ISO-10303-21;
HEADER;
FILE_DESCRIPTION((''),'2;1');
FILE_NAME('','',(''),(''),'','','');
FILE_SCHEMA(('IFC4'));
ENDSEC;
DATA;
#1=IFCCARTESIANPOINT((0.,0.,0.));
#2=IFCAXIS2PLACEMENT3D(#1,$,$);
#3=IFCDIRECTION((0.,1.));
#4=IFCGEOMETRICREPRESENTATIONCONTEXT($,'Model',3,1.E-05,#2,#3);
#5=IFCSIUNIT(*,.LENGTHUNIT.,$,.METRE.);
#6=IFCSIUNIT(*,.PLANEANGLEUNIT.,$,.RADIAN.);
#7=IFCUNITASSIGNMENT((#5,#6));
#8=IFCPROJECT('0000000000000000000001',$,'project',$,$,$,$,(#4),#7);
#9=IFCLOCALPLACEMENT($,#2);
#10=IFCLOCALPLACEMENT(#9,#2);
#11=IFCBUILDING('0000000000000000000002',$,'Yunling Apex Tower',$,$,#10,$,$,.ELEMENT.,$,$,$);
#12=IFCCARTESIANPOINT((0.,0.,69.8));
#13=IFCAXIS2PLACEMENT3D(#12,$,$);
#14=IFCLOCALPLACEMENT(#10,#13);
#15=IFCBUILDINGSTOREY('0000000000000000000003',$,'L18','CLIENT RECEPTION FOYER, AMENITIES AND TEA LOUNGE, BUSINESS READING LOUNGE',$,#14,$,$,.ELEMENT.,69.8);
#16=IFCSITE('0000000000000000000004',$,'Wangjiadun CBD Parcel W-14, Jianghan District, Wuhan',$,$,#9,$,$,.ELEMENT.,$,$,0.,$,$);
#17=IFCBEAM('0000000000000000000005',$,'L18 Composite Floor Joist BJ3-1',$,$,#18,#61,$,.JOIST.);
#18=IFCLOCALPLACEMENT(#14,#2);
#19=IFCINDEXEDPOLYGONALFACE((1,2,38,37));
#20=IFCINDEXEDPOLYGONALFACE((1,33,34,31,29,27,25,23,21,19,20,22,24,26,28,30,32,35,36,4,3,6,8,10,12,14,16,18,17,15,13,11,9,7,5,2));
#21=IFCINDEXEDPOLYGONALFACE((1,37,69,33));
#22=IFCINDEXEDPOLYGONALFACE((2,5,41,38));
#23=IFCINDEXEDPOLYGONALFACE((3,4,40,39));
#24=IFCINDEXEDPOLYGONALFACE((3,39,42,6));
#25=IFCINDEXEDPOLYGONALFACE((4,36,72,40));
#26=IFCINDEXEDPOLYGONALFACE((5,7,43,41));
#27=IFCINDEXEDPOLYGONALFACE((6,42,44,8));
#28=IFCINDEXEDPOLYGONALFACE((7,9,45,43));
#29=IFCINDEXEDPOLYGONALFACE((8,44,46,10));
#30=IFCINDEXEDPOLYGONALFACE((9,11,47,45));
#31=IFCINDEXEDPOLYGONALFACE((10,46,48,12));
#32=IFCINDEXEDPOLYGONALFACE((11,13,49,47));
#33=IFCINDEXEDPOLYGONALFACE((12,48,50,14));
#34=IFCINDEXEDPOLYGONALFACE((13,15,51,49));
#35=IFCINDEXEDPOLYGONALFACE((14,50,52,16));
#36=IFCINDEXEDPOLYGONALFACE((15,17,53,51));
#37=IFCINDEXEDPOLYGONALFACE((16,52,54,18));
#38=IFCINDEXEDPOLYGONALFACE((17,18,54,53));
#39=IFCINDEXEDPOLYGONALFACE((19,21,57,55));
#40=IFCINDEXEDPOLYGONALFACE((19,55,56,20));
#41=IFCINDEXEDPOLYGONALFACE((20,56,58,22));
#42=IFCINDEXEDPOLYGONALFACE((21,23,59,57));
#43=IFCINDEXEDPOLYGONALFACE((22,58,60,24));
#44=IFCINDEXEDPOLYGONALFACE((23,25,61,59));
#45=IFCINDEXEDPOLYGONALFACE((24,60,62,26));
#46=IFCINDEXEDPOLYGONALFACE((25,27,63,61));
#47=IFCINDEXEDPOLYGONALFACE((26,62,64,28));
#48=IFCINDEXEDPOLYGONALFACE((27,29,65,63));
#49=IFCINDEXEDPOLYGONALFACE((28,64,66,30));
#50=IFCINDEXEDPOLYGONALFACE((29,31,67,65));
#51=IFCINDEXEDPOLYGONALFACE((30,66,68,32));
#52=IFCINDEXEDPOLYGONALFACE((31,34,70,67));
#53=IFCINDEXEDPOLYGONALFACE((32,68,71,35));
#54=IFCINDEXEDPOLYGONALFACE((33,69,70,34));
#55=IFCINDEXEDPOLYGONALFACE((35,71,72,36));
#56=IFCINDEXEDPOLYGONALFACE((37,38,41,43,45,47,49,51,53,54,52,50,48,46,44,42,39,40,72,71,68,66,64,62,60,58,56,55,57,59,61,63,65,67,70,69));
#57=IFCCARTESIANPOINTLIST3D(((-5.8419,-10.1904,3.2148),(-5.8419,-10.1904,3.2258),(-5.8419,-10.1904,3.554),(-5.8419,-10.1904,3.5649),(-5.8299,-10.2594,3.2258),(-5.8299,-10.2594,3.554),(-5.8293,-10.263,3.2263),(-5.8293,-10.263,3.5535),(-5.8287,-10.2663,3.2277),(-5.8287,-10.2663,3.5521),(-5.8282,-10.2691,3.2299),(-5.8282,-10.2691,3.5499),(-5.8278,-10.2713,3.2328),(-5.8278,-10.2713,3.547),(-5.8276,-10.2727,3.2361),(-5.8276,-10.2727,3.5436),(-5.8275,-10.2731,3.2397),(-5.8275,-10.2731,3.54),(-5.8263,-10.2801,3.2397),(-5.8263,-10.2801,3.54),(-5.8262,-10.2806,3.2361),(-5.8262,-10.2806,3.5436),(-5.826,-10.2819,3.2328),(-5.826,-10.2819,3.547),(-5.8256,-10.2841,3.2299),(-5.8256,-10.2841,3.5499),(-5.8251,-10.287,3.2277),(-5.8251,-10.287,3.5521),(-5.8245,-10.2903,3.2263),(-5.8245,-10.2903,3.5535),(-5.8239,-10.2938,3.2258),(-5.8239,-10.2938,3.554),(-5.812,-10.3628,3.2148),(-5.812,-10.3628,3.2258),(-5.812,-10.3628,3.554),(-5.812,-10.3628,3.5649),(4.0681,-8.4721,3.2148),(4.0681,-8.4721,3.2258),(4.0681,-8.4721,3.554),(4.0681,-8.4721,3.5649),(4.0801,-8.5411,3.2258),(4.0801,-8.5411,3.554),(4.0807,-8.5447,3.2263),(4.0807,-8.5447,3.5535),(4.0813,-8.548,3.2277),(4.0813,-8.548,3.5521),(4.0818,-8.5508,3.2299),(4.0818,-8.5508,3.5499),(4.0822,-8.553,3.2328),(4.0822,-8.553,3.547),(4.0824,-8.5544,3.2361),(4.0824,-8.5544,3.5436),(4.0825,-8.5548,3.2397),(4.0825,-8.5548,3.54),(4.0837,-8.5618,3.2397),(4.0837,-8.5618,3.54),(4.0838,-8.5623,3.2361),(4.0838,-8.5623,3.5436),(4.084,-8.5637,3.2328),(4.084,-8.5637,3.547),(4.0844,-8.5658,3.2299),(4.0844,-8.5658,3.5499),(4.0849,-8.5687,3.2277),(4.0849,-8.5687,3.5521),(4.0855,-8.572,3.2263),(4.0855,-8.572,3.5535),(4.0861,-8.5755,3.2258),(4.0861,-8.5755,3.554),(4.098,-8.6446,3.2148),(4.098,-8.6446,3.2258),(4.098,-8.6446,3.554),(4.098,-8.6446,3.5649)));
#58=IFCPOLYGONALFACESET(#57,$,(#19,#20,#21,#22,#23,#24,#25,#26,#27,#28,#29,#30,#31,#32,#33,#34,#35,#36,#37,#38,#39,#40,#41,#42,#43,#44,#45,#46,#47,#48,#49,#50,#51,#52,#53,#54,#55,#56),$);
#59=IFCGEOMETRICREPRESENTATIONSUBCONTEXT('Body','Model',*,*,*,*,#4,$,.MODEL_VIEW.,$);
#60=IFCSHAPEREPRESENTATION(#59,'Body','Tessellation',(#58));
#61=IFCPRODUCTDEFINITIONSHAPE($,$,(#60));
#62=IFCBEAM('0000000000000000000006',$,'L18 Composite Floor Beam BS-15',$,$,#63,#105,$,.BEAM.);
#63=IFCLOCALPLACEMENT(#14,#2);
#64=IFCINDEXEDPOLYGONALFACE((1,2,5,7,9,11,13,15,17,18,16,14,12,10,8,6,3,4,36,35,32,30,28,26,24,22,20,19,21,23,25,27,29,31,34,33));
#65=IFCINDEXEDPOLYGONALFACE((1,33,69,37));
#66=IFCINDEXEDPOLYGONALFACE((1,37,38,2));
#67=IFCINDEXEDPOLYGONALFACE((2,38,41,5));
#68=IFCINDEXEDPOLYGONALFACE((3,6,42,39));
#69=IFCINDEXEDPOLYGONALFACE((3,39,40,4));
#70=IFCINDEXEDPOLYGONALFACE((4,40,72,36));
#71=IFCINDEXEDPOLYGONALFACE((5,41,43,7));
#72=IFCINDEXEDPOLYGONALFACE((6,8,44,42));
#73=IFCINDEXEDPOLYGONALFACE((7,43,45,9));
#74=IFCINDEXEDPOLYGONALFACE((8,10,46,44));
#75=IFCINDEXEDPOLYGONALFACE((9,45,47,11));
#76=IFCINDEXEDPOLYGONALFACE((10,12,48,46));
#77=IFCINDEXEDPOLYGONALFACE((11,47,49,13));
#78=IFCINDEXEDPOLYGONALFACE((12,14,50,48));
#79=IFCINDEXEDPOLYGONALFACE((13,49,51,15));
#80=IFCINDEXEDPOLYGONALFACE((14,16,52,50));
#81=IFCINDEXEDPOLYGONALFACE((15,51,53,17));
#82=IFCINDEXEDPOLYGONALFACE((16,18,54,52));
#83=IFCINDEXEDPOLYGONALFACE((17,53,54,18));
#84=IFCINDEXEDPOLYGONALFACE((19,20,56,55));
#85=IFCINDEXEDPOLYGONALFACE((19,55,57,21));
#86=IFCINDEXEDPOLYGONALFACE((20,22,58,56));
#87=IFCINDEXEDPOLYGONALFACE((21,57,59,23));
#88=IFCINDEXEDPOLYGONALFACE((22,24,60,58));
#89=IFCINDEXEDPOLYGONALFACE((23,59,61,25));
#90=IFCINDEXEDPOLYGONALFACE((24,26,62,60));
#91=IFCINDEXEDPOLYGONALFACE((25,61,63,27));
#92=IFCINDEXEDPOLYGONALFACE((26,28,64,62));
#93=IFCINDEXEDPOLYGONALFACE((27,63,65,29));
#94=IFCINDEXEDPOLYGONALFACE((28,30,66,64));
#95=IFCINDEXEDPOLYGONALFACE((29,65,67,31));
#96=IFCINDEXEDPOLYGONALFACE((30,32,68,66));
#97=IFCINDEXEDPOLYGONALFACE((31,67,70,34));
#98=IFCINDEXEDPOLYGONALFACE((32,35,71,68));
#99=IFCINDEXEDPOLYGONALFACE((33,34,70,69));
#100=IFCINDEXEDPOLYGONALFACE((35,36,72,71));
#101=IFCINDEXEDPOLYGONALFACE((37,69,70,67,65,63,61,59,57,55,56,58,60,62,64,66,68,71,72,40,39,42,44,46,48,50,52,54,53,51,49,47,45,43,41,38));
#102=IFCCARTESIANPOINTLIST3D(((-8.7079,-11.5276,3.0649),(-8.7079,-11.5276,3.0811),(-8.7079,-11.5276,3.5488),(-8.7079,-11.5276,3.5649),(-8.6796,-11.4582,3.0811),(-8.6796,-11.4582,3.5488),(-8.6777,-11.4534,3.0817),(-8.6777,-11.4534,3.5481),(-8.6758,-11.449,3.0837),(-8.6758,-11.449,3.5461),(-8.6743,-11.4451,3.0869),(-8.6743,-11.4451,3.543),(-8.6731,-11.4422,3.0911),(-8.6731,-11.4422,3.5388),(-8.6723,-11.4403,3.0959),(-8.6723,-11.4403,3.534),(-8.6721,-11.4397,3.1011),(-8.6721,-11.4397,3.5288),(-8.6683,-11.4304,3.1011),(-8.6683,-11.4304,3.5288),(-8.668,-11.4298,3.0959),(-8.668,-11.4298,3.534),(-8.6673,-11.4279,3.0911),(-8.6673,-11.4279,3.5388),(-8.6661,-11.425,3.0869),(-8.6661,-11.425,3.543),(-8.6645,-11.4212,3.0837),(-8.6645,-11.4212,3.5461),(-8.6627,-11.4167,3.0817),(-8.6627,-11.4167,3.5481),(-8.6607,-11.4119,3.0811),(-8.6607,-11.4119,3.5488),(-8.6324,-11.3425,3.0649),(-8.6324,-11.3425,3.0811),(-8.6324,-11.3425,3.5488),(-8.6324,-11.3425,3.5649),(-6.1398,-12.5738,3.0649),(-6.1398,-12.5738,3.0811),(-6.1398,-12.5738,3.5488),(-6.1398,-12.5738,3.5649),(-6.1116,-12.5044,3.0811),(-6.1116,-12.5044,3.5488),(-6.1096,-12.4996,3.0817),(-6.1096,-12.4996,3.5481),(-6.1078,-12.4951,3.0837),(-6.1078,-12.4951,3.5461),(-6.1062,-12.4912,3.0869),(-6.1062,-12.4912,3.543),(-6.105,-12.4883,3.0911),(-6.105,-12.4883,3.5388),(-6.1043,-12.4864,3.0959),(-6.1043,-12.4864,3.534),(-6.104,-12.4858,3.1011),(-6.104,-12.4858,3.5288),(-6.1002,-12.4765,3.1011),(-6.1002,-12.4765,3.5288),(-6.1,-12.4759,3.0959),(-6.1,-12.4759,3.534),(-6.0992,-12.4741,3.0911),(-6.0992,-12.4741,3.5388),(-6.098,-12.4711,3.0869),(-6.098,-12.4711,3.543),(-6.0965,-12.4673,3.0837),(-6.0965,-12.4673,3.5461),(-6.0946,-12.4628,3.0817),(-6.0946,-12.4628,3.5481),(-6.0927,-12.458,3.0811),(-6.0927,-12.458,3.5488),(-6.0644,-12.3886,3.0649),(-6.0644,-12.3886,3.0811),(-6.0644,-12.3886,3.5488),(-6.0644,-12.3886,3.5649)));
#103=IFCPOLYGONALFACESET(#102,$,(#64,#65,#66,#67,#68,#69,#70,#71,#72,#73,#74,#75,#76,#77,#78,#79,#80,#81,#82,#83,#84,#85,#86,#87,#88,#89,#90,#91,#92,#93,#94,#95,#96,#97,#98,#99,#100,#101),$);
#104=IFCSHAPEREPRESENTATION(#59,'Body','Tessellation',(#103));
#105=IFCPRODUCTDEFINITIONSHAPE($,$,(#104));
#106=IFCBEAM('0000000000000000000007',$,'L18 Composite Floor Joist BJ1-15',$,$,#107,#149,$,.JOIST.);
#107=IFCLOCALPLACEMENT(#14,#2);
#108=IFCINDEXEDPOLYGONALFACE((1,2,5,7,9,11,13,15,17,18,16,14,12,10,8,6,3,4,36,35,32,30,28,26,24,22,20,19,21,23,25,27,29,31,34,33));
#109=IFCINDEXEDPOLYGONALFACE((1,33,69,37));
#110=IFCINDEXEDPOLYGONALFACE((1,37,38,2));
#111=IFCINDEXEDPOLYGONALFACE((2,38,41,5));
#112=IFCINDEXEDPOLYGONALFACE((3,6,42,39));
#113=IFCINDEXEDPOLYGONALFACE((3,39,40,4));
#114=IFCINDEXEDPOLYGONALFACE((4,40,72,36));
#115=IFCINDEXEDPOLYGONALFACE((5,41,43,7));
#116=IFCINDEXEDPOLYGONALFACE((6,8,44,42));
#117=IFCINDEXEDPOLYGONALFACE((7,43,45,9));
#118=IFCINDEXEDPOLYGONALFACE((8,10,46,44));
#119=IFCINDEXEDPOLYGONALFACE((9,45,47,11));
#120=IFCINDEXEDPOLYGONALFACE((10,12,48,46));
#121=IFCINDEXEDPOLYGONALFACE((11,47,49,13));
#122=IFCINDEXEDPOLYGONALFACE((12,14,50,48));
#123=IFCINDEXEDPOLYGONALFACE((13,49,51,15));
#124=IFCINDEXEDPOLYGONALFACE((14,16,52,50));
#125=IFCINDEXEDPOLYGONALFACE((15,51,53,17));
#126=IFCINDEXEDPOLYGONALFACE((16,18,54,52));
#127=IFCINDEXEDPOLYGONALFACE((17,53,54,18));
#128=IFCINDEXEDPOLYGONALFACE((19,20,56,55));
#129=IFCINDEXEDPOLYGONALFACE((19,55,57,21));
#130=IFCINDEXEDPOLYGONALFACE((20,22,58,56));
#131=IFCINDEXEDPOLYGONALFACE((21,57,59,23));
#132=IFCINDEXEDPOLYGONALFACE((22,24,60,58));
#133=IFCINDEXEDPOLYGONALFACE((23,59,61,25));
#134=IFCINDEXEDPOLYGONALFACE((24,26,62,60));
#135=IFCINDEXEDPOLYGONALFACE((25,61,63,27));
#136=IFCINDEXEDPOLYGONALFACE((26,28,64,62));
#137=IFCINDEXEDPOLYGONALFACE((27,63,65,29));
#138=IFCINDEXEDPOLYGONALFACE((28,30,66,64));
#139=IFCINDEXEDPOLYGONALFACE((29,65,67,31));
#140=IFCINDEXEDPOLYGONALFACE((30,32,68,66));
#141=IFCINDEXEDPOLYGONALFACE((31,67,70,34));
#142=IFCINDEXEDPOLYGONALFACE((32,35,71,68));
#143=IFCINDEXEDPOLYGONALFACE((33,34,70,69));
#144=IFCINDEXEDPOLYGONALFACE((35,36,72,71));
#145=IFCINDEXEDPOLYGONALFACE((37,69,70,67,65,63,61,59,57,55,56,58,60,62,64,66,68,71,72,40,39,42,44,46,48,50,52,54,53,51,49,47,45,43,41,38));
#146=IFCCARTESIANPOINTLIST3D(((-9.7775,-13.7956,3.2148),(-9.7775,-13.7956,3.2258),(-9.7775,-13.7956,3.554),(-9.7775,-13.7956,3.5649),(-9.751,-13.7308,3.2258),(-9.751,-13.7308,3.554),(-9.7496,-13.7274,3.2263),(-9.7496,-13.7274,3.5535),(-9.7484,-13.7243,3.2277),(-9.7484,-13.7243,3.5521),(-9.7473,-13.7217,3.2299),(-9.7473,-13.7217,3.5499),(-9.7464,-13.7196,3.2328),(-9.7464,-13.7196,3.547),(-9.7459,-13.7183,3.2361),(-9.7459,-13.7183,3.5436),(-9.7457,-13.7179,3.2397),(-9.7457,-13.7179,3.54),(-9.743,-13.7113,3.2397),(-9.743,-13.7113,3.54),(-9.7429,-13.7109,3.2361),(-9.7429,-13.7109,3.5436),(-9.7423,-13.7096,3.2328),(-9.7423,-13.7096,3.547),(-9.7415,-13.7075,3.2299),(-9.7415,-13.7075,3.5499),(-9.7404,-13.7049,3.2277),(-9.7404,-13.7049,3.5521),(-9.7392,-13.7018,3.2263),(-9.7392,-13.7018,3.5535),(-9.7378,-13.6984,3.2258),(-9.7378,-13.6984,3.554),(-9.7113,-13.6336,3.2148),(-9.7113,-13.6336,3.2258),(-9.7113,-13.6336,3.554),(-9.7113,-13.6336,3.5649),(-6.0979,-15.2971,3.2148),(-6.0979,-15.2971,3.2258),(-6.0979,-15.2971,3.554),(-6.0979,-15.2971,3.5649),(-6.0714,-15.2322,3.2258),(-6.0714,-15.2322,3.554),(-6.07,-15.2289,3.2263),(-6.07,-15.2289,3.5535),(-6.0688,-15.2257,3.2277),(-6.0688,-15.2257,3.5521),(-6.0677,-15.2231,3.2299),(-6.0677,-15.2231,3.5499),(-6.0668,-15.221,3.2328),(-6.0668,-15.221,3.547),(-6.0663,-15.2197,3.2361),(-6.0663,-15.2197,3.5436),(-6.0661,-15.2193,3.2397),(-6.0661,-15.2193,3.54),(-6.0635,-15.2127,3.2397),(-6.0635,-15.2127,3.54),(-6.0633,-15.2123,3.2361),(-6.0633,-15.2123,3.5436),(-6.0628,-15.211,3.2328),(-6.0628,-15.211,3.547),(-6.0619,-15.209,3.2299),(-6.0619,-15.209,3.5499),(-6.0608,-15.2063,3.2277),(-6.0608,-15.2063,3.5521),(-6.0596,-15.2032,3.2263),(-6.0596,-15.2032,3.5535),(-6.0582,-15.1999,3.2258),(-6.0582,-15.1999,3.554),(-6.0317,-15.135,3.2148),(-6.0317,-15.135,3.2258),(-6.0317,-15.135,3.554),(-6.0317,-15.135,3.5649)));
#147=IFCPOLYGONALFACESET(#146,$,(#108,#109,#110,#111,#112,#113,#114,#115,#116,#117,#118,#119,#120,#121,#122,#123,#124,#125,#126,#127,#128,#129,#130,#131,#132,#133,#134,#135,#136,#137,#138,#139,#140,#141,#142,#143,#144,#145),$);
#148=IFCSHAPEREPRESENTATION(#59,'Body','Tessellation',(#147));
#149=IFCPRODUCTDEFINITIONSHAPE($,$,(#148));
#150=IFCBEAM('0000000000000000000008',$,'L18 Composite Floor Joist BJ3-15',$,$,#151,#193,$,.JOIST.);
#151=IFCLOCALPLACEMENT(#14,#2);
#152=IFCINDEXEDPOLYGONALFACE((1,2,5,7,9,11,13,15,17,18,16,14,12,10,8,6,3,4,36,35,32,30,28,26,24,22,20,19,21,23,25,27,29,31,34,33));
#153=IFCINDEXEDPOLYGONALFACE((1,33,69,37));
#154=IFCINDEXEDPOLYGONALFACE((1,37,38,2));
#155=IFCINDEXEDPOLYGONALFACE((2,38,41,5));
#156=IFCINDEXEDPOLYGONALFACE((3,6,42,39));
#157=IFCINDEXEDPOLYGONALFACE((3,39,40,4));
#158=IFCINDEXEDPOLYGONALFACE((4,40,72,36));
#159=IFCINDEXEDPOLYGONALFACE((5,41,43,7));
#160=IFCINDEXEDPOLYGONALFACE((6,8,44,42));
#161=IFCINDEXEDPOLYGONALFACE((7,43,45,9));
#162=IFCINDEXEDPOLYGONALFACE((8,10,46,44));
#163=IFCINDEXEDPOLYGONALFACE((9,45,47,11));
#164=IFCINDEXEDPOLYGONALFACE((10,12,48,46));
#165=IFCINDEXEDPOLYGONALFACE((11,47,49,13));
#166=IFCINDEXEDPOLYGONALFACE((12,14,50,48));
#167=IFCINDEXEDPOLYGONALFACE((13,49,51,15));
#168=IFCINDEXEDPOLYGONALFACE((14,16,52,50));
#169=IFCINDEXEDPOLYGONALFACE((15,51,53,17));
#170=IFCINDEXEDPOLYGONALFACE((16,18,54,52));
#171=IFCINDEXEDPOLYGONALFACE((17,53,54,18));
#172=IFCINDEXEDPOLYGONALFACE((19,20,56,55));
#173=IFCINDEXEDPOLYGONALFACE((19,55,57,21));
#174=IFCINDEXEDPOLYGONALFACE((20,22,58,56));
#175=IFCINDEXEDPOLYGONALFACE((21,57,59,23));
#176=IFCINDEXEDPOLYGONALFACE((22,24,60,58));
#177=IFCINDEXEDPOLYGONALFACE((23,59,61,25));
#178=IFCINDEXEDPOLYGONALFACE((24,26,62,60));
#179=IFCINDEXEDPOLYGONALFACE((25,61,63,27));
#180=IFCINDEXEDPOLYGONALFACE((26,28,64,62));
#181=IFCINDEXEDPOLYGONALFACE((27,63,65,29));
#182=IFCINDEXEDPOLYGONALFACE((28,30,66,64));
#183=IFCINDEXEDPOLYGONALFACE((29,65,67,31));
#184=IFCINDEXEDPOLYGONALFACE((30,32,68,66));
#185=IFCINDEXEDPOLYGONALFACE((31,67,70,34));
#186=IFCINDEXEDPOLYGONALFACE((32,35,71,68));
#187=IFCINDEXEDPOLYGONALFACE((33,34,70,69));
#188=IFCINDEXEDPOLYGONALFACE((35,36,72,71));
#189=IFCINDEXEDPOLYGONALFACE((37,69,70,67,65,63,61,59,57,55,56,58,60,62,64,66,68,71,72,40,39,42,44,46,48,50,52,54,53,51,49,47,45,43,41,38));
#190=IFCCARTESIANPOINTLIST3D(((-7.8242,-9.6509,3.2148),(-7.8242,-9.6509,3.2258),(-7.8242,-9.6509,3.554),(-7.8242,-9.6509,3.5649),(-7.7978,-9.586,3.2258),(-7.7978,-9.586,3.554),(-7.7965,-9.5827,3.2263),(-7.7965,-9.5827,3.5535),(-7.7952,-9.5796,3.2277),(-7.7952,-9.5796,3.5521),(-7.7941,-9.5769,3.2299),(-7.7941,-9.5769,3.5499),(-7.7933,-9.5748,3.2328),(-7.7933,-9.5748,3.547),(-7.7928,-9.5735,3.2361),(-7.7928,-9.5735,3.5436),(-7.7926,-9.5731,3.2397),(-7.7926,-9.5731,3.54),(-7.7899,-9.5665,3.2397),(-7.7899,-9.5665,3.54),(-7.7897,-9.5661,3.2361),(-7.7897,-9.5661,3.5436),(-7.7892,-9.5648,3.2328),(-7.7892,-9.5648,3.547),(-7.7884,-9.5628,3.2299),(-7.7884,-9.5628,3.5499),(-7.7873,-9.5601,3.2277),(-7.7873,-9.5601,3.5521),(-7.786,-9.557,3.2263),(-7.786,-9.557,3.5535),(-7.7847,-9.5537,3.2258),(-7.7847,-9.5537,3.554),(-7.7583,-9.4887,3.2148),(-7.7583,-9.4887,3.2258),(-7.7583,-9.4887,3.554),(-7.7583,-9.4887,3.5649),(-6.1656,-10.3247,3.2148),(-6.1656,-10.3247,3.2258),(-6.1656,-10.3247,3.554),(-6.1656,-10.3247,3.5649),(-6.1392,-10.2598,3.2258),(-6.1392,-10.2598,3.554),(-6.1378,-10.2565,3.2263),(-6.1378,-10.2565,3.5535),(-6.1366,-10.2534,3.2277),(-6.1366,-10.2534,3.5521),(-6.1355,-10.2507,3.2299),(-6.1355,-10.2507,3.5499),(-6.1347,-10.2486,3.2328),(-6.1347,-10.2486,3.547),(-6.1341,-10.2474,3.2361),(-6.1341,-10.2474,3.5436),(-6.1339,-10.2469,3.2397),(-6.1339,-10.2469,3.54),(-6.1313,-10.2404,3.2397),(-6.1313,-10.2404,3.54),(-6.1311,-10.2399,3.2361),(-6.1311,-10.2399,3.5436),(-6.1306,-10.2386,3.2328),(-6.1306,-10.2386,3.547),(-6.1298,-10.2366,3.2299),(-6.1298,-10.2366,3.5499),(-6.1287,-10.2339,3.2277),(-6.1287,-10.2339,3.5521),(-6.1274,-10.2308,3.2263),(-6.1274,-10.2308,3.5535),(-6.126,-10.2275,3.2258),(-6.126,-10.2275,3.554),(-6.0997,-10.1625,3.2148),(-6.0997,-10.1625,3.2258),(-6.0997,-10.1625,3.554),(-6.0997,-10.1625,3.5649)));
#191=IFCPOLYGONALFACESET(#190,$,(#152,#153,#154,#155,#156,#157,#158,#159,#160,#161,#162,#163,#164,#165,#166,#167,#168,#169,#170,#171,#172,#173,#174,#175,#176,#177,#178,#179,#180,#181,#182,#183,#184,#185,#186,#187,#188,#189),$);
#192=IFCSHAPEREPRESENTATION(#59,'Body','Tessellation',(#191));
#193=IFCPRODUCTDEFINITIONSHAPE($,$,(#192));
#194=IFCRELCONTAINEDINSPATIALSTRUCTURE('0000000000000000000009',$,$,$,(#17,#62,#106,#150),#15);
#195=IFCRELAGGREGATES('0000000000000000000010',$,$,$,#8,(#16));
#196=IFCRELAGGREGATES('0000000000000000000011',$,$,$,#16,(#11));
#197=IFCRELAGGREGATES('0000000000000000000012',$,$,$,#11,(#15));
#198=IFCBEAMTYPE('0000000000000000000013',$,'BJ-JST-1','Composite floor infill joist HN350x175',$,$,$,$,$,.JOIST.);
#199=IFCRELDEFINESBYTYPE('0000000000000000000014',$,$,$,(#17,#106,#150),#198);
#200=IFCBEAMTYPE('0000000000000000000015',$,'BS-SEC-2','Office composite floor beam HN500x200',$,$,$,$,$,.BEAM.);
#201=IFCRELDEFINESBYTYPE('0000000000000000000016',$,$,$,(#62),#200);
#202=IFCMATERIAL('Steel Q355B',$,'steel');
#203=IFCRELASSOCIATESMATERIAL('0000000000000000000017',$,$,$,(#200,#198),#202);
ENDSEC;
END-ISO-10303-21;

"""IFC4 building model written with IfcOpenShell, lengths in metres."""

from ifc_helpers import new_model, si_unit, direction, frame, origin, origin_2d, place, context, subcontext, project, spatial, i_section, extrude, source, transform, mapped, material, material_profile, profile_set, type_object, element, save


model = new_model("IFC4")

# Units and contexts
model_context = context("Model", 3, precision=1e-05, world=origin(), true_north=direction((0.0, 1.0)))
body_context = subcontext(model_context, "Body", "Model", "MODEL_VIEW")
ifc_project = project(units=[si_unit("LENGTHUNIT", "METRE"), si_unit("PLANEANGLEUNIT", "RADIAN")], contexts=[model_context])

# Site, building, storey
site_placement = place(None, origin())
site = spatial("IfcSite", under=ifc_project, at=site_placement, Name="Wangjiadun CBD Parcel W-14, Jianghan District, Wuhan", CompositionType="ELEMENT", RefElevation=0.0)
building_placement = place(site_placement, origin())
building = spatial("IfcBuilding", under=site, at=building_placement, Name="Yunling Apex Tower", CompositionType="ELEMENT")
storey_placement = place(building_placement, frame((0.0, 0.0, 69.8)))
storey = spatial("IfcBuildingStorey", under=building, at=storey_placement, Name="L18", Description="CLIENT RECEPTION FOYER, AMENITIES AND TEA LOUNGE, BUSINESS READING LOUNGE", CompositionType="ELEMENT", Elevation=69.8)

# Beams
ifc_material_1 = material(Name="Steel Q355B", Category="steel")
ifc_material_profile_1 = material_profile(ifc_material_1, i_section(OverallWidth=0.2, OverallDepth=0.5, WebThickness=0.01, FlangeThickness=0.0161, FilletRadius=0.02, at=origin_2d()))
ifc_profile_set_1 = profile_set([ifc_material_profile_1], Name="Steel Q355B")
beam_type_1 = type_object("IfcBeamType", Name="BS-SEC-2", Description="Office composite floor beam HN500x200", PredefinedType="BEAM", material=ifc_profile_set_1)
ifc_material_profile_2 = material_profile(ifc_material_1, i_section(OverallWidth=0.175, OverallDepth=0.3501, WebThickness=0.0071, FlangeThickness=0.011, FilletRadius=0.0139, at=origin_2d()))
ifc_profile_set_2 = profile_set([ifc_material_profile_2], Name="Steel Q355B")
beam_type_2 = type_object("IfcBeamType", Name="BJ-JST-1", Description="Composite floor infill joist HN350x175", PredefinedType="JOIST", material=ifc_profile_set_2)
shared_shape_1 = source(origin(), body_context, "Body", "SweptSolid", [
    extrude(i_section(OverallWidth=0.175, OverallDepth=0.3501, WebThickness=0.0071, FlangeThickness=0.011, FilletRadius=0.0139, at=origin_2d()), origin(), (0.0, 0.0, 1.0), 10.0579),
])
beam_1_placement = place(storey_placement, frame((-5.8269, -10.2766, 3.3899), z_axis=(0.985299, 0.170839, 0.0), x_axis=(-0.170839, 0.985299, 0.0)))
element("IfcBeam", 1, at=beam_1_placement, inside=storey, type_object=beam_type_2, Name="L18 Composite Floor Joist BJ3-1", PredefinedType="JOIST", context=body_context, shape_type="MappedRepresentation", body=[
    mapped(shared_shape_1, transform((0.0, 0.0, 0.0), scale=1.0)),
])
shared_shape_2 = source(origin(), body_context, "Body", "SweptSolid", [
    extrude(i_section(OverallWidth=0.2, OverallDepth=0.5, WebThickness=0.01, FlangeThickness=0.0161, FilletRadius=0.02, at=origin_2d()), origin(), (0.0, 0.0, 1.0), 2.7729),
])
beam_2_placement = place(storey_placement, frame((-8.6702, -11.4351, 3.3149), z_axis=(0.926108, -0.377258, 0.0), x_axis=(0.377258, 0.926108, 0.0)))
element("IfcBeam", 2, at=beam_2_placement, inside=storey, type_object=beam_type_1, Name="L18 Composite Floor Beam BS-15", PredefinedType="BEAM", context=body_context, shape_type="MappedRepresentation", body=[
    mapped(shared_shape_2, transform((0.0, 0.0, 0.0), scale=1.0)),
])
shared_shape_3 = source(origin(), body_context, "Body", "SweptSolid", [
    extrude(i_section(OverallWidth=0.175, OverallDepth=0.3501, WebThickness=0.0071, FlangeThickness=0.011, FilletRadius=0.0139, at=origin_2d()), origin(), (0.0, 0.0, 1.0), 3.9741),
])
beam_3_placement = place(storey_placement, frame((-9.7444, -13.7146, 3.3899), z_axis=(0.925887, -0.3778, 0.0), x_axis=(0.3778, 0.925887, 0.0)))
element("IfcBeam", 3, at=beam_3_placement, inside=storey, type_object=beam_type_2, Name="L18 Composite Floor Joist BJ1-15", PredefinedType="JOIST", context=body_context, shape_type="MappedRepresentation", body=[
    mapped(shared_shape_3, transform((0.0, 0.0, 0.0), scale=1.0)),
])
shared_shape_4 = source(origin(), body_context, "Body", "SweptSolid", [
    extrude(i_section(OverallWidth=0.175, OverallDepth=0.3501, WebThickness=0.0071, FlangeThickness=0.011, FilletRadius=0.0139, at=origin_2d()), origin(), (0.0, 0.0, 1.0), 1.7903),
])
beam_4_placement = place(storey_placement, frame((-7.7913, -9.5698, 3.3899), z_axis=(0.92647, -0.37637, 0.0), x_axis=(0.37637, 0.92647, 0.0)))
element("IfcBeam", 4, at=beam_4_placement, inside=storey, type_object=beam_type_2, Name="L18 Composite Floor Joist BJ3-15", PredefinedType="JOIST", context=body_context, shape_type="MappedRepresentation", body=[
    mapped(shared_shape_4, transform((0.0, 0.0, 0.0), scale=1.0)),
])

save(model, "model.ifc")
